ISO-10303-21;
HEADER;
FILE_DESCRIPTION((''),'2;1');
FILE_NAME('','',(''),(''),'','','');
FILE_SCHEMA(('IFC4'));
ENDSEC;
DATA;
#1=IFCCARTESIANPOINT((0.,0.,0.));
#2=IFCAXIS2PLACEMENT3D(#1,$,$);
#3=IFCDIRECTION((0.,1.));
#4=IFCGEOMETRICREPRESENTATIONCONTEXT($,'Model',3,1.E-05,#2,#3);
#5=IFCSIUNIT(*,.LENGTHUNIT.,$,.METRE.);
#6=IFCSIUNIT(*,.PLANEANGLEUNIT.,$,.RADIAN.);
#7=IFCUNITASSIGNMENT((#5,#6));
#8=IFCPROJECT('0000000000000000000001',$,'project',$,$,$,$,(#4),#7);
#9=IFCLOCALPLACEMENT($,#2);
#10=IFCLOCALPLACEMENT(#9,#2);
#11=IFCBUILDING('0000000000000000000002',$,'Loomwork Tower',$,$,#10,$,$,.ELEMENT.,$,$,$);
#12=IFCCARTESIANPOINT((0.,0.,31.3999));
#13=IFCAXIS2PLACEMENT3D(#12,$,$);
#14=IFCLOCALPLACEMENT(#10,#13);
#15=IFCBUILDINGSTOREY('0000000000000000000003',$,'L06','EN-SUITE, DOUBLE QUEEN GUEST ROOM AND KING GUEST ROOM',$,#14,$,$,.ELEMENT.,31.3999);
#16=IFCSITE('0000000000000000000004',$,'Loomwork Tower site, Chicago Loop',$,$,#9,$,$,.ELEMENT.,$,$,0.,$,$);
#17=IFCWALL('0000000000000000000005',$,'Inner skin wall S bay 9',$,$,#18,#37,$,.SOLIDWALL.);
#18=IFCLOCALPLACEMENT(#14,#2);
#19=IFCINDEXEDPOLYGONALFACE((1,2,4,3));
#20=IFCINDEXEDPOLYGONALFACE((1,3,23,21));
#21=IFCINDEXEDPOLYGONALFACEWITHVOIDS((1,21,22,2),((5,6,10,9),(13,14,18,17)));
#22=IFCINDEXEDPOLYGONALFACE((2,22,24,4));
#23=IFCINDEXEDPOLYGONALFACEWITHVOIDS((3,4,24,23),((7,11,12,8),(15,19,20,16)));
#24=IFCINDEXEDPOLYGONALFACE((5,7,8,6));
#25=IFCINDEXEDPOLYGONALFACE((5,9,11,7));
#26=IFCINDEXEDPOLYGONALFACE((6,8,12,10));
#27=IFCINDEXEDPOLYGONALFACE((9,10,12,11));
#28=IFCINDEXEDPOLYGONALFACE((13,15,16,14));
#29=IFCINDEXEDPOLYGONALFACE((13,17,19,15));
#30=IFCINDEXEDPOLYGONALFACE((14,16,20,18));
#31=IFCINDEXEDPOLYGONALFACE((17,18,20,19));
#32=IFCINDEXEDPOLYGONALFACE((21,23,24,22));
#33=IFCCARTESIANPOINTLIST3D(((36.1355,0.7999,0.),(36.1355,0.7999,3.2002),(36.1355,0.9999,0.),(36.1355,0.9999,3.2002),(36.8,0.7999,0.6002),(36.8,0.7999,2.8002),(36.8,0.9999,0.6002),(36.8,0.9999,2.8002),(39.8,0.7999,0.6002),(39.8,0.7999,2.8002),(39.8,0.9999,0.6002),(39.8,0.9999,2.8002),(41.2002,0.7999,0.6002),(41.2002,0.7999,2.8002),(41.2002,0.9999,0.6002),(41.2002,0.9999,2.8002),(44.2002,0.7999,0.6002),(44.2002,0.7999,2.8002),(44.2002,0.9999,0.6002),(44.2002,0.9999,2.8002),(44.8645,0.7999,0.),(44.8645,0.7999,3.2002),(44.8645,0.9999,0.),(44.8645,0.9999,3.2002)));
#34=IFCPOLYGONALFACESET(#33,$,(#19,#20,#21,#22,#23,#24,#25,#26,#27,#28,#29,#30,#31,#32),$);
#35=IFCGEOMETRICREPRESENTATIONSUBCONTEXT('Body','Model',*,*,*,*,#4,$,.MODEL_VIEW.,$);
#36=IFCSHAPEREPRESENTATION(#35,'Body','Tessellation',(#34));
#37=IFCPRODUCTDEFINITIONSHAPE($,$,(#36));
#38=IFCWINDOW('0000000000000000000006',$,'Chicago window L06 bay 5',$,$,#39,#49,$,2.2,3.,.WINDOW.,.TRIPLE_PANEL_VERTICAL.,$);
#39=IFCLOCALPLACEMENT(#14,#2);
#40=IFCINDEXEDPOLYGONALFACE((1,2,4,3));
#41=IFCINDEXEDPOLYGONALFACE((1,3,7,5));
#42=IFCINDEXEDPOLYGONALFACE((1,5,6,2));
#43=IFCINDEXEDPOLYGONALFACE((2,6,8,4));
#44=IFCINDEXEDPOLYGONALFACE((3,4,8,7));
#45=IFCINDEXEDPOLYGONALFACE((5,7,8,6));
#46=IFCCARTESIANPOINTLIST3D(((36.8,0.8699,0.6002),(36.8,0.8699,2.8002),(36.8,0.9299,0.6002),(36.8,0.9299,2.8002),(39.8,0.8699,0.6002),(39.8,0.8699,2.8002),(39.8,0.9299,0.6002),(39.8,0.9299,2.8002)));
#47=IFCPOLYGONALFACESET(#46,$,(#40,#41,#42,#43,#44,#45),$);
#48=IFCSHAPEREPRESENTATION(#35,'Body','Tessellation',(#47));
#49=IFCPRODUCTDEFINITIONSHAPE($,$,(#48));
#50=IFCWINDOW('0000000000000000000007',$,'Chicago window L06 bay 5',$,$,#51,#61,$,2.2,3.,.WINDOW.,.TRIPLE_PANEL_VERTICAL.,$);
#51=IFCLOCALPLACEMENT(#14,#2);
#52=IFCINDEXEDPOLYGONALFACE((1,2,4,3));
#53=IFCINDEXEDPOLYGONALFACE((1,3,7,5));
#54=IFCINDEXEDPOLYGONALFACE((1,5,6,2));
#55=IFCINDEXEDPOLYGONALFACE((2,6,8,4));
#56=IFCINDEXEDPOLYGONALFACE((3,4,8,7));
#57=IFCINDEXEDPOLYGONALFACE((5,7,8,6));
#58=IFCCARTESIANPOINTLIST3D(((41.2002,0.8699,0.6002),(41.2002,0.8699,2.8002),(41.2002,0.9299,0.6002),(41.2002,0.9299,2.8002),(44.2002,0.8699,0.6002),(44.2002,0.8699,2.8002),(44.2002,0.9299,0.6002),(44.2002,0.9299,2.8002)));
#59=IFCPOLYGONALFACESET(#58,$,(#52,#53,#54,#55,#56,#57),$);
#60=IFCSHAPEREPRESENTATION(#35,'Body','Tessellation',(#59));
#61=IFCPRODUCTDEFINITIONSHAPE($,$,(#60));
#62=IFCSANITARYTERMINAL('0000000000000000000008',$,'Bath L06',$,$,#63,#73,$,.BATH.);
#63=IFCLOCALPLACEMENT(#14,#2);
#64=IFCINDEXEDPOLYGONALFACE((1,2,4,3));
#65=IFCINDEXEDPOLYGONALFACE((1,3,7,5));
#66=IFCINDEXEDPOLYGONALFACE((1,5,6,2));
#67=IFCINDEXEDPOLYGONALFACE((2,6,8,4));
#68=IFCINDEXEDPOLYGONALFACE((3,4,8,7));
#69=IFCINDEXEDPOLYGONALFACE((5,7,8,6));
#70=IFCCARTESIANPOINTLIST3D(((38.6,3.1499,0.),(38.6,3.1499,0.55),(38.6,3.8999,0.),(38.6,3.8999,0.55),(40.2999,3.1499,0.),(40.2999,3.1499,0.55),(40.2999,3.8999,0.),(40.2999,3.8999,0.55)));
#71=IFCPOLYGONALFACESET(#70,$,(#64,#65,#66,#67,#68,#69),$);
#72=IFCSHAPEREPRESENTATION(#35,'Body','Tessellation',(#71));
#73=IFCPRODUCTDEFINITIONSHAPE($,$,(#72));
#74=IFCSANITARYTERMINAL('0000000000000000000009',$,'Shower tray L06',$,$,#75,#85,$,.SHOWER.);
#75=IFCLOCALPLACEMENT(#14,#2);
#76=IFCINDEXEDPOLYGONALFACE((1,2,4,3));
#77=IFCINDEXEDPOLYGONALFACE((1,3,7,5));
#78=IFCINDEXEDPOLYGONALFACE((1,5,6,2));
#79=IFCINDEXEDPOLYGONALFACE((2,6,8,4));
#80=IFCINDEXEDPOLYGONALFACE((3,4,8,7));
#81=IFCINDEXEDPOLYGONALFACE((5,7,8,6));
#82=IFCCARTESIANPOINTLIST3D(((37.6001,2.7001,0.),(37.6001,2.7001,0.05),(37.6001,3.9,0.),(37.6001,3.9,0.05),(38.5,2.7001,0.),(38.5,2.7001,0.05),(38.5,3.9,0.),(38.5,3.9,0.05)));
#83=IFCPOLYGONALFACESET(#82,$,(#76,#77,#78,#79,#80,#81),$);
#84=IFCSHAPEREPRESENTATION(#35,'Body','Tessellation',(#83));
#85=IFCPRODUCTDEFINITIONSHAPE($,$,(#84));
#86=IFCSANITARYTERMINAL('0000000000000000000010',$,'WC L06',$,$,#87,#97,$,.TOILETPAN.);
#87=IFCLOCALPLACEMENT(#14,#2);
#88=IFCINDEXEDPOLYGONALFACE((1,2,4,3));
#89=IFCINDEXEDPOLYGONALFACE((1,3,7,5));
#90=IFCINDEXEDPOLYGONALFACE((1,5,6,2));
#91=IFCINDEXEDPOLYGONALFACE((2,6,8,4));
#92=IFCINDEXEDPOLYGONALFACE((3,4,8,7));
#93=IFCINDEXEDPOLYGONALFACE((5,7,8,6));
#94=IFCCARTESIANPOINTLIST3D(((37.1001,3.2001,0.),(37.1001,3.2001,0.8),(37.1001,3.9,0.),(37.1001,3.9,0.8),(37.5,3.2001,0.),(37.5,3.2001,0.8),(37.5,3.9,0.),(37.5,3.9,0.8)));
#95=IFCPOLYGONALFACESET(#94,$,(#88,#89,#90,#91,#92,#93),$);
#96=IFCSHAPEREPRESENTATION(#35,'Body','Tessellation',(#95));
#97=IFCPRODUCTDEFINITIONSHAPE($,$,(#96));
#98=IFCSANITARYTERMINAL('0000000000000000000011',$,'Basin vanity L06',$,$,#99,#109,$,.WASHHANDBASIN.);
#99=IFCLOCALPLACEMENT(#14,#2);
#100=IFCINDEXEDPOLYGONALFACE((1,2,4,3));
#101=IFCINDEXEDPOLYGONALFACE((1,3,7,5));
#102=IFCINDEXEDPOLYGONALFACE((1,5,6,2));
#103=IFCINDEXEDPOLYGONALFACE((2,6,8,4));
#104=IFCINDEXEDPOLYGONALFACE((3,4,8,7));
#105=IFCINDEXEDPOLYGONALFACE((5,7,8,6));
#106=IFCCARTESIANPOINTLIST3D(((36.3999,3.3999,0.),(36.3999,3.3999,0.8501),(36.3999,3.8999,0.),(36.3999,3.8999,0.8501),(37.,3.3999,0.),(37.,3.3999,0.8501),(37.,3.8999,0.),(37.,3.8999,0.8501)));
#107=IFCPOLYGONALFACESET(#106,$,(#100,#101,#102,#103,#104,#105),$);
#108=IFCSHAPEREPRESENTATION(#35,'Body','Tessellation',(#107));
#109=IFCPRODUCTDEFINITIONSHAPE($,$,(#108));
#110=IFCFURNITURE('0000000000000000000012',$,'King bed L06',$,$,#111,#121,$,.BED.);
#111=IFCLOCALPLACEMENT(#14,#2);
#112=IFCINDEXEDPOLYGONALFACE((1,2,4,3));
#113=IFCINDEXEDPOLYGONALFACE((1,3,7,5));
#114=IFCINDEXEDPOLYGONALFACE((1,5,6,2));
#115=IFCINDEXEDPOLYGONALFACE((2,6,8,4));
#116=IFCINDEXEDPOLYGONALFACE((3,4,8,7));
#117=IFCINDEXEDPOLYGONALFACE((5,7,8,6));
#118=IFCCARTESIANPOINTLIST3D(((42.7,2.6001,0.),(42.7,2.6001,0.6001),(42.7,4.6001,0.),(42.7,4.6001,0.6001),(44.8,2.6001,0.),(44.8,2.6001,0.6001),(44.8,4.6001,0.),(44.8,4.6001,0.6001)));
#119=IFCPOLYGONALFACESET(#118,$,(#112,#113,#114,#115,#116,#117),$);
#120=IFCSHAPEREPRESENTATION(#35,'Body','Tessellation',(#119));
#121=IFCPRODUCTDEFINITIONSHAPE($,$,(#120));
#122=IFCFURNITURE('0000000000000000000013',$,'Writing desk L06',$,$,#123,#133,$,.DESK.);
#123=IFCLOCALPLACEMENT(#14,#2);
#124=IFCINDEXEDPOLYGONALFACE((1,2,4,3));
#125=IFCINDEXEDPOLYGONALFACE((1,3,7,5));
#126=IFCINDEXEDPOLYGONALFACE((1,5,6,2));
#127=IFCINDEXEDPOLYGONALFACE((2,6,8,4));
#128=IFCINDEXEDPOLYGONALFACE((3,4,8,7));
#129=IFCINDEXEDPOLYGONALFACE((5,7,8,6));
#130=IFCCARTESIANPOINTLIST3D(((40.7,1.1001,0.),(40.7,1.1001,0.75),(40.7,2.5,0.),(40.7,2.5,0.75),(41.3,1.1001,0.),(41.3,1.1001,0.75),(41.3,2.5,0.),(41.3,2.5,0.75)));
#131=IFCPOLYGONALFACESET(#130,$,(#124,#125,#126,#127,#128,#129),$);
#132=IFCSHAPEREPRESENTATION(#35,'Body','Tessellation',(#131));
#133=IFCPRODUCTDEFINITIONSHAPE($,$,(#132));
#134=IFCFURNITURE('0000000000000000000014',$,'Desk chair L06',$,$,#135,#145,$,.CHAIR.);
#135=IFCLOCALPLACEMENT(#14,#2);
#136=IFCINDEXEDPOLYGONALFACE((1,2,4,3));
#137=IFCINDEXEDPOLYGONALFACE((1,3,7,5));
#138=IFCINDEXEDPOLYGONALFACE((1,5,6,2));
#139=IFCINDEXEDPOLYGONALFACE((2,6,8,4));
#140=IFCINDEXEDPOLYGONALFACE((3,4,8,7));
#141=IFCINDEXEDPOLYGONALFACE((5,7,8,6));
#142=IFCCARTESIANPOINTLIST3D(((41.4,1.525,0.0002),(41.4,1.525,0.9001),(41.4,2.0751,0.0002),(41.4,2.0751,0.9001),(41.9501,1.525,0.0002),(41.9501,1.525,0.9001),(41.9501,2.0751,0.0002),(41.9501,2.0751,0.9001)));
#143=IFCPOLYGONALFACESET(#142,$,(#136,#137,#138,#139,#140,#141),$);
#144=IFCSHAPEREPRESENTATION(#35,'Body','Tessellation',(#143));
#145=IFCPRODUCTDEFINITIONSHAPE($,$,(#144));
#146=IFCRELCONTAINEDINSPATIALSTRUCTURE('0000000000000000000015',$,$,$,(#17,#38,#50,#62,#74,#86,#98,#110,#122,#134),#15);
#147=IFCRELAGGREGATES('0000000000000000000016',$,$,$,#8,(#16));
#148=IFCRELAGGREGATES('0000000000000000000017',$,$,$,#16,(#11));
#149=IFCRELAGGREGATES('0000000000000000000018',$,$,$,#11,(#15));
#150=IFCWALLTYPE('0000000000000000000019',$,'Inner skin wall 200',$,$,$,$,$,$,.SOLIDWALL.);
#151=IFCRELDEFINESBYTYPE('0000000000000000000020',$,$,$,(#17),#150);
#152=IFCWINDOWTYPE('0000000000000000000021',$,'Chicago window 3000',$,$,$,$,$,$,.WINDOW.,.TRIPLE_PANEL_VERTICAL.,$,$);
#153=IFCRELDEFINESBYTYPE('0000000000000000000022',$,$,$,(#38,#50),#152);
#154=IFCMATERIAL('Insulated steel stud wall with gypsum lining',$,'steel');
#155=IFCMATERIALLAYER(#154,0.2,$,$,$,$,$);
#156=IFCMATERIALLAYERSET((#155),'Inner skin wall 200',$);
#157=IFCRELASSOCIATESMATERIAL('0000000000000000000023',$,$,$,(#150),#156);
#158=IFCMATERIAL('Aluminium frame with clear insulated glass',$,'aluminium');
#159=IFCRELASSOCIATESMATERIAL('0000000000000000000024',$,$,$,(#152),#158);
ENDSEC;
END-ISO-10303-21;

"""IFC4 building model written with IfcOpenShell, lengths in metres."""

from ifc_helpers import new_model, si_unit, direction, frame, frame_2d, origin, origin_2d, place, context, subcontext, project, spatial, rectangle, extrude, material, layer, layer_set, type_object, element, fill, save


model = new_model("IFC4")

# Units and contexts
model_context = context("Model", 3, precision=1e-05, world=origin(), true_north=direction((0.0, 1.0)))
body_context = subcontext(model_context, "Body", "Model", "MODEL_VIEW")
ifc_project = project(units=[si_unit("LENGTHUNIT", "METRE"), si_unit("PLANEANGLEUNIT", "RADIAN")], contexts=[model_context])

# Site, building, storey
site_placement = place(None, origin())
site = spatial("IfcSite", under=ifc_project, at=site_placement, Name="Loomwork Tower site, Chicago Loop", CompositionType="ELEMENT", RefElevation=0.0)
building_placement = place(site_placement, origin())
building = spatial("IfcBuilding", under=site, at=building_placement, Name="Loomwork Tower", CompositionType="ELEMENT")
storey_placement = place(building_placement, frame((0.0, 0.0, 31.3999)))
storey = spatial("IfcBuildingStorey", under=building, at=storey_placement, Name="L06", Description="EN-SUITE, DOUBLE QUEEN GUEST ROOM AND KING GUEST ROOM", CompositionType="ELEMENT", Elevation=31.3999)

# Wall, openings, windows
ifc_material_1 = material(Name="Insulated steel stud wall with gypsum lining", Category="steel")
ifc_layer_1 = layer(ifc_material_1, 0.2)
ifc_layer_set_1 = layer_set([ifc_layer_1], Name="Inner skin wall 200")
wall_type_1 = type_object("IfcWallType", Name="Inner skin wall 200", PredefinedType="SOLIDWALL", material=ifc_layer_set_1)
wall_1_placement = place(storey_placement, frame((36.1355, 0.8999, 0.0), z_axis=(0.0, 0.0, 1.0), x_axis=(1.0, 0.0, 0.0)))
wall_1 = element("IfcWall", 1, at=wall_1_placement, inside=storey, type_object=wall_type_1, Name="Inner skin wall S bay 9", PredefinedType="SOLIDWALL", context=body_context, shape_type="SweptSolid", body=[
    extrude(rectangle(XDim=8.729, YDim=0.2, at=frame_2d((4.3645, 0.0))), origin(), (0.0, 0.0, 1.0), 3.2002),
])
opening_1_placement = place(wall_1_placement, frame((0.6646, 0.0, 0.6001)))
opening_1 = element("IfcOpeningElement", 2, at=opening_1_placement, cuts=wall_1, PredefinedType="OPENING", context=body_context, shape_type="SweptSolid", body=[
    extrude(rectangle(XDim=3.0, YDim=2.2, at=frame_2d((1.5, 1.1001))), frame((0.0, 0.1099, 0.0), z_axis=(0.0, -1.0, 0.0), x_axis=(1.0, 0.0, 0.0)), (0.0, 0.0, 1.0), 0.22),
])
opening_2_placement = place(wall_1_placement, frame((5.0647, 0.0, 0.6001)))
opening_2 = element("IfcOpeningElement", 3, at=opening_2_placement, cuts=wall_1, PredefinedType="OPENING", context=body_context, shape_type="SweptSolid", body=[
    extrude(rectangle(XDim=3.0, YDim=2.2, at=frame_2d((1.5, 1.1001))), frame((0.0, 0.1099, 0.0), z_axis=(0.0, -1.0, 0.0), x_axis=(1.0, 0.0, 0.0)), (0.0, 0.0, 1.0), 0.22),
])
ifc_material_2 = material(Name="Aluminium frame with clear insulated glass", Category="aluminium")
window_type = type_object("IfcWindowType", Name="Chicago window 3000", PartitioningType="TRIPLE_PANEL_VERTICAL", PredefinedType="WINDOW", material=ifc_material_2)
window_1_placement = place(opening_1_placement, origin())
window_1 = element("IfcWindow", 4, at=window_1_placement, inside=storey, type_object=window_type, Name="Chicago window L06 bay 5", OverallHeight=2.2, OverallWidth=3.0, PartitioningType="TRIPLE_PANEL_VERTICAL", PredefinedType="WINDOW", context=body_context, shape_type="SweptSolid", body=[
    extrude(rectangle(XDim=3.0, YDim=2.2, at=frame_2d((1.5, 1.1001))), frame((0.0, 0.03, 0.0), z_axis=(0.0, -1.0, 0.0), x_axis=(1.0, 0.0, 0.0)), (0.0, 0.0, 1.0), 0.0601),
])
fill(opening_1, window_1)
window_2_placement = place(opening_2_placement, origin())
window_2 = element("IfcWindow", 5, at=window_2_placement, inside=storey, type_object=window_type, Name="Chicago window L06 bay 5", OverallHeight=2.2, OverallWidth=3.0, PartitioningType="TRIPLE_PANEL_VERTICAL", PredefinedType="WINDOW", context=body_context, shape_type="SweptSolid", body=[
    extrude(rectangle(XDim=3.0, YDim=2.2, at=frame_2d((1.5, 1.1001))), frame((0.0, 0.03, 0.0), z_axis=(0.0, -1.0, 0.0), x_axis=(1.0, 0.0, 0.0)), (0.0, 0.0, 1.0), 0.0601),
])
fill(opening_2, window_2)

# Sanitary terminals
sanitary_terminal_1_placement = place(storey_placement, frame((39.45, 3.5249, 0.0), z_axis=(0.0, 0.0, 1.0), x_axis=(1.0, 0.0, 0.0)))
element("IfcSanitaryTerminal", 6, at=sanitary_terminal_1_placement, inside=storey, Name="Bath L06", PredefinedType="BATH", context=body_context, shape_type="SweptSolid", body=[
    extrude(rectangle(XDim=1.7, YDim=0.75, at=origin_2d()), origin(), (0.0, 0.0, 1.0), 0.55),
])
sanitary_terminal_2_placement = place(storey_placement, frame((38.05, 3.3, 0.0), z_axis=(0.0, 0.0, 1.0), x_axis=(1.0, 0.0, 0.0)))
element("IfcSanitaryTerminal", 7, at=sanitary_terminal_2_placement, inside=storey, Name="Shower tray L06", PredefinedType="SHOWER", context=body_context, shape_type="SweptSolid", body=[
    extrude(rectangle(XDim=0.8999, YDim=1.2, at=origin_2d()), origin(), (0.0, 0.0, 1.0), 0.05),
])
sanitary_terminal_3_placement = place(storey_placement, frame((37.3, 3.55, 0.0), z_axis=(0.0, 0.0, 1.0), x_axis=(1.0, 0.0, 0.0)))
element("IfcSanitaryTerminal", 8, at=sanitary_terminal_3_placement, inside=storey, Name="WC L06", PredefinedType="TOILETPAN", context=body_context, shape_type="SweptSolid", body=[
    extrude(rectangle(XDim=0.3999, YDim=0.7, at=origin_2d()), origin(), (0.0, 0.0, 1.0), 0.8),
])
sanitary_terminal_4_placement = place(storey_placement, frame((36.7, 3.6499, 0.0), z_axis=(0.0, 0.0, 1.0), x_axis=(1.0, 0.0, 0.0)))
element("IfcSanitaryTerminal", 9, at=sanitary_terminal_4_placement, inside=storey, Name="Basin vanity L06", PredefinedType="WASHHANDBASIN", context=body_context, shape_type="SweptSolid", body=[
    extrude(rectangle(XDim=0.6001, YDim=0.5, at=origin_2d()), origin(), (0.0, 0.0, 1.0), 0.8501),
])

# Furniture
furniture_1_placement = place(storey_placement, frame((43.75, 3.6001, 0.0), z_axis=(0.0, 0.0, 1.0), x_axis=(1.0, 0.0, 0.0)))
element("IfcFurniture", 10, at=furniture_1_placement, inside=storey, Name="King bed L06", PredefinedType="BED", context=body_context, shape_type="SweptSolid", body=[
    extrude(rectangle(XDim=2.1001, YDim=2.0, at=origin_2d()), origin(), (0.0, 0.0, 1.0), 0.6001),
])
furniture_2_placement = place(storey_placement, frame((41.0, 1.8, 0.0), z_axis=(0.0, 0.0, 1.0), x_axis=(1.0, 0.0, 0.0)))
element("IfcFurniture", 11, at=furniture_2_placement, inside=storey, Name="Writing desk L06", PredefinedType="DESK", context=body_context, shape_type="SweptSolid", body=[
    extrude(rectangle(XDim=0.6001, YDim=1.3999, at=origin_2d()), origin(), (0.0, 0.0, 1.0), 0.75),
])
furniture_3_placement = place(storey_placement, frame((41.675, 1.8, 0.0002), z_axis=(0.0, 0.0, 1.0), x_axis=(1.0, 0.0, 0.0)))
element("IfcFurniture", 12, at=furniture_3_placement, inside=storey, Name="Desk chair L06", PredefinedType="CHAIR", context=body_context, shape_type="SweptSolid", body=[
    extrude(rectangle(XDim=0.55, YDim=0.55, at=origin_2d()), origin(), (0.0, 0.0, 1.0), 0.8999),
])

save(model, "model.ifc")
